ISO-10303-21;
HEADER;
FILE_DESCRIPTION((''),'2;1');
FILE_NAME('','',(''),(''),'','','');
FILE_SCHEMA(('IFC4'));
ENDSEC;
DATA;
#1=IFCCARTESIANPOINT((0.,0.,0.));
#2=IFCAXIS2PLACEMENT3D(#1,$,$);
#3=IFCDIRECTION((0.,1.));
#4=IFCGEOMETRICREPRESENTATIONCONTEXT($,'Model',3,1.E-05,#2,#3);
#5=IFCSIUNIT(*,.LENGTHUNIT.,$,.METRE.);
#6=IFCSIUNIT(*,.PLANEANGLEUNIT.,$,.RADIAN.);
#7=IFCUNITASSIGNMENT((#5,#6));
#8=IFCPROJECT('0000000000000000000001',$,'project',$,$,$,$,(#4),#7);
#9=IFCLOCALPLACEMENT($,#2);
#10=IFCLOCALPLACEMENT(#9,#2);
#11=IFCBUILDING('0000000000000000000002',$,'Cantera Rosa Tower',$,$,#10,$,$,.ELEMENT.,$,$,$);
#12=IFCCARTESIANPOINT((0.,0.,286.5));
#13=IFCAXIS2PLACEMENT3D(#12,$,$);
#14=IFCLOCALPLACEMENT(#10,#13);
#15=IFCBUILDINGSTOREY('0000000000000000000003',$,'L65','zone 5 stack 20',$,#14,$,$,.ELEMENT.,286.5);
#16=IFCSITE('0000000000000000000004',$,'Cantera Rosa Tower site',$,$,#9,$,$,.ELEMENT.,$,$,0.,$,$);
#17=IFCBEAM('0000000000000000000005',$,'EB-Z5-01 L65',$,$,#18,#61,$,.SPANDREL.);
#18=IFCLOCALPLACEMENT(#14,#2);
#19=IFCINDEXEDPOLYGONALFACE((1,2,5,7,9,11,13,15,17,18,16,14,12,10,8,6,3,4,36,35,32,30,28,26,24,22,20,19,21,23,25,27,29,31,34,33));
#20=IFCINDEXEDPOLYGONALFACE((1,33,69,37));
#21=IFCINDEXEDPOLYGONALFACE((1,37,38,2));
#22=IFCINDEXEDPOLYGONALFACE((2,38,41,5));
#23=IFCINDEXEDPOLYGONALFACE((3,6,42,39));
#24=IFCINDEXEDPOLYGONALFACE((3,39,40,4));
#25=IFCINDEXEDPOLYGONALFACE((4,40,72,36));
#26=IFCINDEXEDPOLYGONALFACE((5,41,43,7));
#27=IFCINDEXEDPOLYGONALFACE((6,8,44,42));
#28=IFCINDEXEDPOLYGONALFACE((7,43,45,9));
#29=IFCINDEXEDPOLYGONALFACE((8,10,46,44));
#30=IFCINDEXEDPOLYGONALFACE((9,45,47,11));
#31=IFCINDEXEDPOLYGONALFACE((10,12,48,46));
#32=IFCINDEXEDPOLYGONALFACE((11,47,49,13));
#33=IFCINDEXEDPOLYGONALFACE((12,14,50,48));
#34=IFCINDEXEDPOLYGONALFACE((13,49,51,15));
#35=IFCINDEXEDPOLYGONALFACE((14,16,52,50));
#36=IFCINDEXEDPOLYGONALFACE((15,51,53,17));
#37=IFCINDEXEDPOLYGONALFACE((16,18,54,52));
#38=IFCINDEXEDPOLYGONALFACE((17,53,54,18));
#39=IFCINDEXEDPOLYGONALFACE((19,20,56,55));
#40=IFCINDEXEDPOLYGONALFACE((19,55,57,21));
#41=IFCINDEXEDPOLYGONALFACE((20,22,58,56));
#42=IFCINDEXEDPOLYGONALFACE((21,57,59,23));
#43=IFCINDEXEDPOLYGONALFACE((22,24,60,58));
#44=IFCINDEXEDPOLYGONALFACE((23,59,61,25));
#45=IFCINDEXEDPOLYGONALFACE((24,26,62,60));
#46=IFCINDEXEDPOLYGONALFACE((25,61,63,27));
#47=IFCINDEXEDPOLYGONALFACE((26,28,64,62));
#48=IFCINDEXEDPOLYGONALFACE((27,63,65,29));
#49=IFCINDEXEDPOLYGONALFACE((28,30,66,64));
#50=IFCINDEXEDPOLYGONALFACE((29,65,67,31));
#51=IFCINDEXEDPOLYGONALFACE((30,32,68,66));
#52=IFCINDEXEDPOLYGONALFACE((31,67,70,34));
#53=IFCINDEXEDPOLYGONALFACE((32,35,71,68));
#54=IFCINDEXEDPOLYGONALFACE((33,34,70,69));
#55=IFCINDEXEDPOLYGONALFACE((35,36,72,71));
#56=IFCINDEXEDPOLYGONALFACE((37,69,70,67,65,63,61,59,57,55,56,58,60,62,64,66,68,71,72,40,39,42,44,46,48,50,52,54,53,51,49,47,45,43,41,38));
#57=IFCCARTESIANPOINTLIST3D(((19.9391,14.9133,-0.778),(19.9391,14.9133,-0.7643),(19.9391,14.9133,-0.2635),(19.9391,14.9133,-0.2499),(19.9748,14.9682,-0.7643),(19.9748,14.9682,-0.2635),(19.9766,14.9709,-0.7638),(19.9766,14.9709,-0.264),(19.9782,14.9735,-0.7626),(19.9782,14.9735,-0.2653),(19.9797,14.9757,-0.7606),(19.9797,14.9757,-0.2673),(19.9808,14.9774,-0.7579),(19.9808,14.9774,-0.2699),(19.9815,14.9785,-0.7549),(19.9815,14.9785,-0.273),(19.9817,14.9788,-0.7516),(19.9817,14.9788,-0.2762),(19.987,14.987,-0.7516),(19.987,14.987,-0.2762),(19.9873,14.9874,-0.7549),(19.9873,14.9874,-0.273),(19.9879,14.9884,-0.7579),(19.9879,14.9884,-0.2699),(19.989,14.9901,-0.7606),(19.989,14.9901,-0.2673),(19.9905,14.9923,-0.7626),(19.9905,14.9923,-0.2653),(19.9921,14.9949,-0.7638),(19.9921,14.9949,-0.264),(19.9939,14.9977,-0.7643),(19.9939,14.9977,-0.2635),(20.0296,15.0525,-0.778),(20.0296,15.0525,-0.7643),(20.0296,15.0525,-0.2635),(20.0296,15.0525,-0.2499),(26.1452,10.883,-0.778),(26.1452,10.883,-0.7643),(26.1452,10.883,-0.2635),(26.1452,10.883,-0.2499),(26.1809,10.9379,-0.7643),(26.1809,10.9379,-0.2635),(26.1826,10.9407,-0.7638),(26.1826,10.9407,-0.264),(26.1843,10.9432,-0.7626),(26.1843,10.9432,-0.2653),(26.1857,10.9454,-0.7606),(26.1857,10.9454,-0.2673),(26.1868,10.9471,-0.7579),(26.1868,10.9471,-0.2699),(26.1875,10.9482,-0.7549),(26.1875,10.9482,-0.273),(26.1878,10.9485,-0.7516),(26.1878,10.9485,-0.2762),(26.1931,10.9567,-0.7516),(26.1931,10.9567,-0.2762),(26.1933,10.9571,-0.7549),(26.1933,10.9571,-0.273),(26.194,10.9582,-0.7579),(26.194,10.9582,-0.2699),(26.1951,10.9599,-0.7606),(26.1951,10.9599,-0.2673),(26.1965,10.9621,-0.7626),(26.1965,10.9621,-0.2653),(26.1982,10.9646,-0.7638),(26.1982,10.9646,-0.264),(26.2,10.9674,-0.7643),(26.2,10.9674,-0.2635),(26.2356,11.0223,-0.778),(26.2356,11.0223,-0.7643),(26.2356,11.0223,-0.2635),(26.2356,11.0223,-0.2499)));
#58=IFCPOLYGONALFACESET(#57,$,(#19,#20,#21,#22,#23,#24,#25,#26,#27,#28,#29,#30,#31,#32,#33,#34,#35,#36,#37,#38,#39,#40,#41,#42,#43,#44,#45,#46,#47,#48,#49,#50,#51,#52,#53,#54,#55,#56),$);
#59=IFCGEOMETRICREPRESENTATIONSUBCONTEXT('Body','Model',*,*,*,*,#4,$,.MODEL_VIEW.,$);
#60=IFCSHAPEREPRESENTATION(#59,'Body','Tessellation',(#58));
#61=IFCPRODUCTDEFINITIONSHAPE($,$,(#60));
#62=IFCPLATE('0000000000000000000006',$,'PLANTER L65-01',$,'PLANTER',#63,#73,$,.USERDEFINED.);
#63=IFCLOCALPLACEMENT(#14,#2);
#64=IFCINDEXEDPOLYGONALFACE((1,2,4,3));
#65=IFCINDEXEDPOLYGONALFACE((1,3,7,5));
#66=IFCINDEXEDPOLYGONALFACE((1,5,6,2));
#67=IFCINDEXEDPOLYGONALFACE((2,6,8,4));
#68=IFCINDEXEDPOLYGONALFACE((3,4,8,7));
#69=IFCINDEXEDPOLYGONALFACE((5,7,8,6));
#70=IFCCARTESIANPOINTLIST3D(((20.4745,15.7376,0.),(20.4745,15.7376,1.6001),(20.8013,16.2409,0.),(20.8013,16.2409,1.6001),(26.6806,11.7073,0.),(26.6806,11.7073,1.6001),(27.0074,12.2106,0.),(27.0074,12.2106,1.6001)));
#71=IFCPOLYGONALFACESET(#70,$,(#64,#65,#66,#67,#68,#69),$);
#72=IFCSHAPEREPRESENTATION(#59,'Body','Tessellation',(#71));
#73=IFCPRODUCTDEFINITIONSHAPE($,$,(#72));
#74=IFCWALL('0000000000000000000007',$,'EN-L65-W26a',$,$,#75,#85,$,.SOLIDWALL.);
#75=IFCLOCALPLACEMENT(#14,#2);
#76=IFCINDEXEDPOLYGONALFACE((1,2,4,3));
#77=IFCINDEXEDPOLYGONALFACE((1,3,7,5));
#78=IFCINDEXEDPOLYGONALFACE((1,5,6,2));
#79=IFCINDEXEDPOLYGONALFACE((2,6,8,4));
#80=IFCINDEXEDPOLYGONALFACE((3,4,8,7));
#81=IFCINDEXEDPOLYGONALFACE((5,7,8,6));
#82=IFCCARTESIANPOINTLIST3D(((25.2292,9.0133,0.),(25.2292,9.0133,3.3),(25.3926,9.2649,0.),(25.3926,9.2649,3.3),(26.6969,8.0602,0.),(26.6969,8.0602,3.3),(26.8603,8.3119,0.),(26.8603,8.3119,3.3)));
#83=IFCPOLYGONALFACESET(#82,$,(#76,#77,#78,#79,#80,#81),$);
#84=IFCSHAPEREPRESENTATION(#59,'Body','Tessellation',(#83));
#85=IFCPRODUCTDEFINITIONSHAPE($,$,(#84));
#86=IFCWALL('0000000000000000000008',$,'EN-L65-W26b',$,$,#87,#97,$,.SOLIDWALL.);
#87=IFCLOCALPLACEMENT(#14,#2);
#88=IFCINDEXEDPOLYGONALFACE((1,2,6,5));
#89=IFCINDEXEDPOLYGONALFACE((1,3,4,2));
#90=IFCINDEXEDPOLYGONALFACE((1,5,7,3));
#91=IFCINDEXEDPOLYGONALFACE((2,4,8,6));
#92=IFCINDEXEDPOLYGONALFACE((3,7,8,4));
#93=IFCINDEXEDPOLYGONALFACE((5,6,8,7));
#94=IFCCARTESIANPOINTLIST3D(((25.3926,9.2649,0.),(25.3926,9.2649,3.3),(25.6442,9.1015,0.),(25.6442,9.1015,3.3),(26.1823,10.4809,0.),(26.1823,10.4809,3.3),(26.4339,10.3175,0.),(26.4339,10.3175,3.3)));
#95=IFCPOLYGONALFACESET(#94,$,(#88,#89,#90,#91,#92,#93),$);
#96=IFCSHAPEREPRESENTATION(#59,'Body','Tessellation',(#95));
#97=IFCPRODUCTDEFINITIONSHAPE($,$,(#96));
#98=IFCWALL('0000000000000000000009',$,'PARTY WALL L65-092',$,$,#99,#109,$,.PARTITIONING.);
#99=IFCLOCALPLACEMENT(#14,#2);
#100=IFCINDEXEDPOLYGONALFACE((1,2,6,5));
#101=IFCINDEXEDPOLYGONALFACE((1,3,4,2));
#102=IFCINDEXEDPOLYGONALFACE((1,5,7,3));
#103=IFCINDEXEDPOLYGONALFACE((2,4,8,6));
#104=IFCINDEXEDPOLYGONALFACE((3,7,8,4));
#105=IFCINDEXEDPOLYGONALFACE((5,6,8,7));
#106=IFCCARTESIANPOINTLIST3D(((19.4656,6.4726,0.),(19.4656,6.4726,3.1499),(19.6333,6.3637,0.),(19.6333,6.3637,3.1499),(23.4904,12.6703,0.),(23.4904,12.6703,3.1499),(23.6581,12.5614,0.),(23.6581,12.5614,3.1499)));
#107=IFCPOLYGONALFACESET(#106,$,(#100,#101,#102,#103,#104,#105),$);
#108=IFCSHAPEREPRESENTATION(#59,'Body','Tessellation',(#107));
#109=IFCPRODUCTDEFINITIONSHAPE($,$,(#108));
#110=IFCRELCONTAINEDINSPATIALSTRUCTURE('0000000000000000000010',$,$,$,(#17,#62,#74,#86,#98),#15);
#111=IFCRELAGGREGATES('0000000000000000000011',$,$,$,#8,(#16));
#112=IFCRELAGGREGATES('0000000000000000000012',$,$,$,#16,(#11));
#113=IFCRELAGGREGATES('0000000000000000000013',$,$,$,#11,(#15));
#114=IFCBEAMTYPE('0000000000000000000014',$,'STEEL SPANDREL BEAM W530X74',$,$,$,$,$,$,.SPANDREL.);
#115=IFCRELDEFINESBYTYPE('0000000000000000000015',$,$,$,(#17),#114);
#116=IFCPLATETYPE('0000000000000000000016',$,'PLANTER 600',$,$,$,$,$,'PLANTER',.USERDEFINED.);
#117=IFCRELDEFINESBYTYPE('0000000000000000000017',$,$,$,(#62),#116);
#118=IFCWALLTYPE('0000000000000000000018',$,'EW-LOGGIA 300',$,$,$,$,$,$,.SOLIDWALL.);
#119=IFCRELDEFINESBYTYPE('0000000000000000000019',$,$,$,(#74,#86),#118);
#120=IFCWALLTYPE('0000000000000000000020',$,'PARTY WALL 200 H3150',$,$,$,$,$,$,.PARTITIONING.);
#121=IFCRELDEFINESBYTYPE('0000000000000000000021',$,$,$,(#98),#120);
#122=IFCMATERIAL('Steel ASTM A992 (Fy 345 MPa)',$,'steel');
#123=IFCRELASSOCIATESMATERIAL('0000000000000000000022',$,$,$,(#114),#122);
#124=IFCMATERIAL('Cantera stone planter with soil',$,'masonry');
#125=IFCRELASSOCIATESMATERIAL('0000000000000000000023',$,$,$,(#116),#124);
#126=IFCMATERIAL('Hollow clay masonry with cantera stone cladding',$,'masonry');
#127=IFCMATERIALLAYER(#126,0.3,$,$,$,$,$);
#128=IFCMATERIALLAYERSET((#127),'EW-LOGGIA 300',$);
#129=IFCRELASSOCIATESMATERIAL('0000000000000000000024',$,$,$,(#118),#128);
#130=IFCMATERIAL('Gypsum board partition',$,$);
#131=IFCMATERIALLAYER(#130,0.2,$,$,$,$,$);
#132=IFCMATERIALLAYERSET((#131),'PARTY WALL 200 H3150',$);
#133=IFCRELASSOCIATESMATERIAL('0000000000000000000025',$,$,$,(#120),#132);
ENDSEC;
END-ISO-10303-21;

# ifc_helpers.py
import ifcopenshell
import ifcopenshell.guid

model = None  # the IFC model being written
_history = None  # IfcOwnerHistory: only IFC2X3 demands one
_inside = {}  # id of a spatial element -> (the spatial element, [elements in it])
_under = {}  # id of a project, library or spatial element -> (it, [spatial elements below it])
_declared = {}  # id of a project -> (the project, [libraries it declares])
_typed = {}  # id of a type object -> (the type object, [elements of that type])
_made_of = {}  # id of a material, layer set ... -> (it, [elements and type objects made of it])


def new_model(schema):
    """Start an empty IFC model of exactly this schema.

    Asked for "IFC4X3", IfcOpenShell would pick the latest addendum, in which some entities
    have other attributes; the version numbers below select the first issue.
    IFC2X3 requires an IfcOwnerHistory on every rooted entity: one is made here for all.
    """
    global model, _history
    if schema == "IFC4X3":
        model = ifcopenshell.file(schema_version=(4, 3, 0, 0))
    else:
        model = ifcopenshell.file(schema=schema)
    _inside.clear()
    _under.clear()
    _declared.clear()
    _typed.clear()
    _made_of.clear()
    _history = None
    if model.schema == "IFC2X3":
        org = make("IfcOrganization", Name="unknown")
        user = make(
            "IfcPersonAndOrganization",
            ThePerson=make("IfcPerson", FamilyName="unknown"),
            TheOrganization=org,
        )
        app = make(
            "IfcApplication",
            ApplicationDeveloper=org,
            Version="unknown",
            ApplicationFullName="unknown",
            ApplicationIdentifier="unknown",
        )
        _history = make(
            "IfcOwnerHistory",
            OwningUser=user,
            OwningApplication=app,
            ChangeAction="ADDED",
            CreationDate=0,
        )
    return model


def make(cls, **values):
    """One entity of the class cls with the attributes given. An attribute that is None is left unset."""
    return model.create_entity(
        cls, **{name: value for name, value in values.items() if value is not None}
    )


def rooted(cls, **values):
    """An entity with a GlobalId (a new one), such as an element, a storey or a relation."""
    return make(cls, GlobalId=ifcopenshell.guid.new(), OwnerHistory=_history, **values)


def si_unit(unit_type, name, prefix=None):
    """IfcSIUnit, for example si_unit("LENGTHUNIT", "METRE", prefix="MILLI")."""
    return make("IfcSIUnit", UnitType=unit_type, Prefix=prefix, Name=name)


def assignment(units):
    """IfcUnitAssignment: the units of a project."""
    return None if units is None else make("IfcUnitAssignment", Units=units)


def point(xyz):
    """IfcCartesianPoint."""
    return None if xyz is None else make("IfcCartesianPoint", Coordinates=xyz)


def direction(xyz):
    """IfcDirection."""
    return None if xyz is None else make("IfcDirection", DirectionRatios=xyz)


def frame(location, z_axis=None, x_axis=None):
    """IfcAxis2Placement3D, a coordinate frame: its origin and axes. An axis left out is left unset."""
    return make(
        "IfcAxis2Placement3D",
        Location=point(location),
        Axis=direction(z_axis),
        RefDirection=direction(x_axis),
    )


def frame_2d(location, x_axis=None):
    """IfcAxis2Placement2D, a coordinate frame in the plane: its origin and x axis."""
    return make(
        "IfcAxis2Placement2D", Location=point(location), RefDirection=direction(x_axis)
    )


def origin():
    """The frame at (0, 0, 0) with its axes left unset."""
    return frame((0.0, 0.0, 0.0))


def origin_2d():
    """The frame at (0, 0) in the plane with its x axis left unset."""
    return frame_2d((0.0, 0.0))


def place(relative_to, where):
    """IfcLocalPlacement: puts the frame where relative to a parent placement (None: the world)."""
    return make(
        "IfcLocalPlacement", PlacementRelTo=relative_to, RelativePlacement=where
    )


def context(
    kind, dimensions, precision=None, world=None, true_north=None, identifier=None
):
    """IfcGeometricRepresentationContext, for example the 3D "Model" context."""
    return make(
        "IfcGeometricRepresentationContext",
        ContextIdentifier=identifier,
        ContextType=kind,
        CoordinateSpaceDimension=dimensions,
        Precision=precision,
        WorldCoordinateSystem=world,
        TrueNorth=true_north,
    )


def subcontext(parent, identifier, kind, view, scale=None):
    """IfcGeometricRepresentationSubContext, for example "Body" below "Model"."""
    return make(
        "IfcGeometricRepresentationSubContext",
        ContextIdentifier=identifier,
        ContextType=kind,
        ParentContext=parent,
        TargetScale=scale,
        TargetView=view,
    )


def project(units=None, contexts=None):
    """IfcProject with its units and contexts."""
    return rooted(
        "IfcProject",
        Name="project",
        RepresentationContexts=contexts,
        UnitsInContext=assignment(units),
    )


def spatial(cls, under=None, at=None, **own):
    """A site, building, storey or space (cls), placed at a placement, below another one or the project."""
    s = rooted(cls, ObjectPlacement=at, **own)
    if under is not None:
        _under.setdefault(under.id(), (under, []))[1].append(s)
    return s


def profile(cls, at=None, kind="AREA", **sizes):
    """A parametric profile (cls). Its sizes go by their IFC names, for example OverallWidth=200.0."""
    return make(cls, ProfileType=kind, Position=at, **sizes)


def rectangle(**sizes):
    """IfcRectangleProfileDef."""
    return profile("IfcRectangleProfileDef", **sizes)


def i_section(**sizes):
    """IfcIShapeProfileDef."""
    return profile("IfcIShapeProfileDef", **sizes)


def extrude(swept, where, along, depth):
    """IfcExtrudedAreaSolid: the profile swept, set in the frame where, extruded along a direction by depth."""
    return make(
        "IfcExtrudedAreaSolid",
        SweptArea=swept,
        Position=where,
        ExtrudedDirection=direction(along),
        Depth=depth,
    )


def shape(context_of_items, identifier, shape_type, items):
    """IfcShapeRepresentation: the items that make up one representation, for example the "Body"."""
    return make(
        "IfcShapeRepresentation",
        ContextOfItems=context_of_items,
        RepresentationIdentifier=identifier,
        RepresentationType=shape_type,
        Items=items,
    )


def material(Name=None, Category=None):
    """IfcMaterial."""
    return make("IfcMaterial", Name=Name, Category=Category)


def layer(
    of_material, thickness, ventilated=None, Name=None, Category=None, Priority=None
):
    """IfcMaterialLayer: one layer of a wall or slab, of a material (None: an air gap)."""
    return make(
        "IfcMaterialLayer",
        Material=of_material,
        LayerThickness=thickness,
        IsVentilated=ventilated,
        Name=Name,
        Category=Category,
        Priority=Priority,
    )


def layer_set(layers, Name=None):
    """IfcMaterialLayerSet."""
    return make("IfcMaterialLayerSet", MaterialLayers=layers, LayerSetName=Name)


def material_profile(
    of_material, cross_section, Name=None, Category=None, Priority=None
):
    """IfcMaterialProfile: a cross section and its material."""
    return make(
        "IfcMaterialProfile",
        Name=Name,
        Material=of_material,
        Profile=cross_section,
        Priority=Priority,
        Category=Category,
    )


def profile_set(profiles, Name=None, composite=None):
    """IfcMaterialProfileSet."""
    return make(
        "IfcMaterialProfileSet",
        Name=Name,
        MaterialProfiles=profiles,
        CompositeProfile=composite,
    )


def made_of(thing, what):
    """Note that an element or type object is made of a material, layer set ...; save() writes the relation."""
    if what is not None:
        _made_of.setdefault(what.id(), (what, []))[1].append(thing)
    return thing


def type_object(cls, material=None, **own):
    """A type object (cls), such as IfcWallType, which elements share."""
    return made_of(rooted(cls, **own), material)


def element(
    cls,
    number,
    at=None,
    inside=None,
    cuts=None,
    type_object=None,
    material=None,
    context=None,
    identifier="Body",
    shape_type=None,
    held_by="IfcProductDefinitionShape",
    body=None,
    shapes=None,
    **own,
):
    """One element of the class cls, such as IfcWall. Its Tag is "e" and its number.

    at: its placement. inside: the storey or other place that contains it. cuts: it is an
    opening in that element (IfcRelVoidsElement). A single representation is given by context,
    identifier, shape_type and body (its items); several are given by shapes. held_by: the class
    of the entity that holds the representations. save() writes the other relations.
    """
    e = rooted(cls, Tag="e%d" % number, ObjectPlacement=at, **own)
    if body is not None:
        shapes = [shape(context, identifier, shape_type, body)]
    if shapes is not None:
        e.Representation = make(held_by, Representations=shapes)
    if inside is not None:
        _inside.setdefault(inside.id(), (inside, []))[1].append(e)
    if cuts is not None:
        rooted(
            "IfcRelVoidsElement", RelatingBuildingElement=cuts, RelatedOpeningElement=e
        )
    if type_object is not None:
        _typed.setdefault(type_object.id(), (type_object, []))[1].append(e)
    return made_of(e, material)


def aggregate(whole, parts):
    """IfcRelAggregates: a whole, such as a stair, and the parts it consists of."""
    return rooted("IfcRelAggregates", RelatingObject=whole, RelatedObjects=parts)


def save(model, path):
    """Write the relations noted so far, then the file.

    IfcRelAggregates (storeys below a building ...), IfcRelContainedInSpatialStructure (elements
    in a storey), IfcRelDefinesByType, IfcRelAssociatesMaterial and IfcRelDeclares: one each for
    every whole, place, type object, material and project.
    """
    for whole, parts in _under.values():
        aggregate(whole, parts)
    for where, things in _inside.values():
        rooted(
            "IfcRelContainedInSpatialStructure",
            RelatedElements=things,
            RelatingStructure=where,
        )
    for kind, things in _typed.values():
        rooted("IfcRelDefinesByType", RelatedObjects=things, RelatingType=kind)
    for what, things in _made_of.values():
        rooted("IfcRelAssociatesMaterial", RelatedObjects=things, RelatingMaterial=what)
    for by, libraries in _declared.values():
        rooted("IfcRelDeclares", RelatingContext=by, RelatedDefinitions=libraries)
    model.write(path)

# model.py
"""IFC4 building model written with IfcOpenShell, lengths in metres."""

from ifc_helpers import new_model, si_unit, direction, frame, frame_2d, origin, origin_2d, place, context, subcontext, project, spatial, rectangle, i_section, extrude, material, layer, layer_set, material_profile, profile_set, type_object, element, save


model = new_model("IFC4")

# Units and contexts
model_context = context("Model", 3, precision=1e-05, world=origin(), true_north=direction((0.0, 1.0)))
body_context = subcontext(model_context, "Body", "Model", "MODEL_VIEW")
ifc_project = project(units=[si_unit("LENGTHUNIT", "METRE"), si_unit("PLANEANGLEUNIT", "RADIAN")], contexts=[model_context])

# Site, building, storey
site_placement = place(None, origin())
site = spatial("IfcSite", under=ifc_project, at=site_placement, Name="Cantera Rosa Tower site", CompositionType="ELEMENT", RefElevation=0.0)
building_placement = place(site_placement, origin())
building = spatial("IfcBuilding", under=site, at=building_placement, Name="Cantera Rosa Tower", CompositionType="ELEMENT")
storey_placement = place(building_placement, frame((0.0, 0.0, 286.5)))
storey = spatial("IfcBuildingStorey", under=building, at=storey_placement, Name="L65", Description="zone 5 stack 20", CompositionType="ELEMENT", Elevation=286.5)

# Beam
ifc_material_1 = material(Name="Steel ASTM A992 (Fy 345 MPa)", Category="steel")
ifc_material_profile_1 = material_profile(ifc_material_1, i_section(OverallWidth=0.166, OverallDepth=0.5281, WebThickness=0.0098, FlangeThickness=0.0137, FilletRadius=0.0127, at=origin_2d()), Name="W530X74")
ifc_profile_set_1 = profile_set([ifc_material_profile_1], Name="Steel ASTM A992 (Fy 345 MPa)")
beam_type_1 = type_object("IfcBeamType", Name="STEEL SPANDREL BEAM W530X74", PredefinedType="SPANDREL", material=ifc_profile_set_1)
beam_1_placement = place(storey_placement, frame((26.1904, 10.9526, -0.5139), z_axis=(-0.83867, 0.54464, 0.0), x_axis=(-0.54464, -0.83867, 0.0)))
element("IfcBeam", 1, at=beam_1_placement, inside=storey, type_object=beam_type_1, Name="EB-Z5-01 L65", PredefinedType="SPANDREL", context=body_context, shape_type="SweptSolid", body=[
    extrude(i_section(OverallWidth=0.166, OverallDepth=0.5281, WebThickness=0.0098, FlangeThickness=0.0137, FilletRadius=0.0127, at=origin_2d()), origin(), (0.0, 0.0, 1.0), 7.3999),
])

# Plate
ifc_material_2 = material(Name="Cantera stone planter with soil", Category="masonry")
plate_type = type_object("IfcPlateType", Name="PLANTER 600", ElementType="PLANTER", PredefinedType="USERDEFINED", material=ifc_material_2)
plate_placement = place(storey_placement, frame((23.741, 13.9741, 0.0), z_axis=(0.0, 0.0, 1.0), x_axis=(-0.838671, 0.544639, 0.0)))
element("IfcPlate", 2, at=plate_placement, inside=storey, type_object=plate_type, Name="PLANTER L65-01", ObjectType="PLANTER", PredefinedType="USERDEFINED", context=body_context, shape_type="SweptSolid", body=[
    extrude(rectangle(XDim=7.3999, YDim=0.6001, at=origin_2d()), origin(), (0.0, 0.0, 1.0), 1.6001),
])

# Walls
ifc_material_3 = material(Name="Hollow clay masonry with cantera stone cladding", Category="masonry")
ifc_layer_1 = layer(ifc_material_3, 0.3)
ifc_layer_set_1 = layer_set([ifc_layer_1], Name="EW-LOGGIA 300")
wall_type_1 = type_object("IfcWallType", Name="EW-LOGGIA 300", PredefinedType="SOLIDWALL", material=ifc_layer_set_1)
wall_1_placement = place(storey_placement, frame((26.7786, 8.186, 0.0), z_axis=(0.0, 0.0, 1.0), x_axis=(-0.838686, 0.544616, 0.0)))
element("IfcWall", 3, at=wall_1_placement, inside=storey, type_object=wall_type_1, Name="EN-L65-W26a", PredefinedType="SOLIDWALL", context=body_context, shape_type="SweptSolid", body=[
    extrude(rectangle(XDim=1.75, YDim=0.3, at=frame_2d((0.875, 0.0))), origin(), (0.0, 0.0, 1.0), 3.3),
])
wall_2_placement = place(storey_placement, frame((25.5183, 9.1831, 0.0), z_axis=(0.0, 0.0, 1.0), x_axis=(0.544675, 0.838647, 0.0)))
element("IfcWall", 4, at=wall_2_placement, inside=storey, type_object=wall_type_1, Name="EN-L65-W26b", PredefinedType="SOLIDWALL", context=body_context, shape_type="SweptSolid", body=[
    extrude(rectangle(XDim=1.45, YDim=0.3, at=frame_2d((0.7251, 0.0))), origin(), (0.0, 0.0, 1.0), 3.3),
])

# Wall
ifc_material_4 = material(Name="Gypsum board partition")
ifc_layer_2 = layer(ifc_material_4, 0.2)
ifc_layer_set_2 = layer_set([ifc_layer_2], Name="PARTY WALL 200 H3150")
wall_type_2 = type_object("IfcWallType", Name="PARTY WALL 200 H3150", PredefinedType="PARTITIONING", material=ifc_layer_set_2)
wall_3_placement = place(storey_placement, frame((23.5742, 12.6157, 0.0), z_axis=(0.0, 0.0, 1.0), x_axis=(-0.544642, -0.838668, 0.0)))
element("IfcWall", 5, at=wall_3_placement, inside=storey, type_object=wall_type_2, Name="PARTY WALL L65-092", PredefinedType="PARTITIONING", context=body_context, shape_type="SweptSolid", body=[
    extrude(rectangle(XDim=7.3899, YDim=0.2, at=frame_2d((3.6948, 0.0))), origin(), (0.0, 0.0, 1.0), 3.1499),
])

save(model, "model.ifc")
